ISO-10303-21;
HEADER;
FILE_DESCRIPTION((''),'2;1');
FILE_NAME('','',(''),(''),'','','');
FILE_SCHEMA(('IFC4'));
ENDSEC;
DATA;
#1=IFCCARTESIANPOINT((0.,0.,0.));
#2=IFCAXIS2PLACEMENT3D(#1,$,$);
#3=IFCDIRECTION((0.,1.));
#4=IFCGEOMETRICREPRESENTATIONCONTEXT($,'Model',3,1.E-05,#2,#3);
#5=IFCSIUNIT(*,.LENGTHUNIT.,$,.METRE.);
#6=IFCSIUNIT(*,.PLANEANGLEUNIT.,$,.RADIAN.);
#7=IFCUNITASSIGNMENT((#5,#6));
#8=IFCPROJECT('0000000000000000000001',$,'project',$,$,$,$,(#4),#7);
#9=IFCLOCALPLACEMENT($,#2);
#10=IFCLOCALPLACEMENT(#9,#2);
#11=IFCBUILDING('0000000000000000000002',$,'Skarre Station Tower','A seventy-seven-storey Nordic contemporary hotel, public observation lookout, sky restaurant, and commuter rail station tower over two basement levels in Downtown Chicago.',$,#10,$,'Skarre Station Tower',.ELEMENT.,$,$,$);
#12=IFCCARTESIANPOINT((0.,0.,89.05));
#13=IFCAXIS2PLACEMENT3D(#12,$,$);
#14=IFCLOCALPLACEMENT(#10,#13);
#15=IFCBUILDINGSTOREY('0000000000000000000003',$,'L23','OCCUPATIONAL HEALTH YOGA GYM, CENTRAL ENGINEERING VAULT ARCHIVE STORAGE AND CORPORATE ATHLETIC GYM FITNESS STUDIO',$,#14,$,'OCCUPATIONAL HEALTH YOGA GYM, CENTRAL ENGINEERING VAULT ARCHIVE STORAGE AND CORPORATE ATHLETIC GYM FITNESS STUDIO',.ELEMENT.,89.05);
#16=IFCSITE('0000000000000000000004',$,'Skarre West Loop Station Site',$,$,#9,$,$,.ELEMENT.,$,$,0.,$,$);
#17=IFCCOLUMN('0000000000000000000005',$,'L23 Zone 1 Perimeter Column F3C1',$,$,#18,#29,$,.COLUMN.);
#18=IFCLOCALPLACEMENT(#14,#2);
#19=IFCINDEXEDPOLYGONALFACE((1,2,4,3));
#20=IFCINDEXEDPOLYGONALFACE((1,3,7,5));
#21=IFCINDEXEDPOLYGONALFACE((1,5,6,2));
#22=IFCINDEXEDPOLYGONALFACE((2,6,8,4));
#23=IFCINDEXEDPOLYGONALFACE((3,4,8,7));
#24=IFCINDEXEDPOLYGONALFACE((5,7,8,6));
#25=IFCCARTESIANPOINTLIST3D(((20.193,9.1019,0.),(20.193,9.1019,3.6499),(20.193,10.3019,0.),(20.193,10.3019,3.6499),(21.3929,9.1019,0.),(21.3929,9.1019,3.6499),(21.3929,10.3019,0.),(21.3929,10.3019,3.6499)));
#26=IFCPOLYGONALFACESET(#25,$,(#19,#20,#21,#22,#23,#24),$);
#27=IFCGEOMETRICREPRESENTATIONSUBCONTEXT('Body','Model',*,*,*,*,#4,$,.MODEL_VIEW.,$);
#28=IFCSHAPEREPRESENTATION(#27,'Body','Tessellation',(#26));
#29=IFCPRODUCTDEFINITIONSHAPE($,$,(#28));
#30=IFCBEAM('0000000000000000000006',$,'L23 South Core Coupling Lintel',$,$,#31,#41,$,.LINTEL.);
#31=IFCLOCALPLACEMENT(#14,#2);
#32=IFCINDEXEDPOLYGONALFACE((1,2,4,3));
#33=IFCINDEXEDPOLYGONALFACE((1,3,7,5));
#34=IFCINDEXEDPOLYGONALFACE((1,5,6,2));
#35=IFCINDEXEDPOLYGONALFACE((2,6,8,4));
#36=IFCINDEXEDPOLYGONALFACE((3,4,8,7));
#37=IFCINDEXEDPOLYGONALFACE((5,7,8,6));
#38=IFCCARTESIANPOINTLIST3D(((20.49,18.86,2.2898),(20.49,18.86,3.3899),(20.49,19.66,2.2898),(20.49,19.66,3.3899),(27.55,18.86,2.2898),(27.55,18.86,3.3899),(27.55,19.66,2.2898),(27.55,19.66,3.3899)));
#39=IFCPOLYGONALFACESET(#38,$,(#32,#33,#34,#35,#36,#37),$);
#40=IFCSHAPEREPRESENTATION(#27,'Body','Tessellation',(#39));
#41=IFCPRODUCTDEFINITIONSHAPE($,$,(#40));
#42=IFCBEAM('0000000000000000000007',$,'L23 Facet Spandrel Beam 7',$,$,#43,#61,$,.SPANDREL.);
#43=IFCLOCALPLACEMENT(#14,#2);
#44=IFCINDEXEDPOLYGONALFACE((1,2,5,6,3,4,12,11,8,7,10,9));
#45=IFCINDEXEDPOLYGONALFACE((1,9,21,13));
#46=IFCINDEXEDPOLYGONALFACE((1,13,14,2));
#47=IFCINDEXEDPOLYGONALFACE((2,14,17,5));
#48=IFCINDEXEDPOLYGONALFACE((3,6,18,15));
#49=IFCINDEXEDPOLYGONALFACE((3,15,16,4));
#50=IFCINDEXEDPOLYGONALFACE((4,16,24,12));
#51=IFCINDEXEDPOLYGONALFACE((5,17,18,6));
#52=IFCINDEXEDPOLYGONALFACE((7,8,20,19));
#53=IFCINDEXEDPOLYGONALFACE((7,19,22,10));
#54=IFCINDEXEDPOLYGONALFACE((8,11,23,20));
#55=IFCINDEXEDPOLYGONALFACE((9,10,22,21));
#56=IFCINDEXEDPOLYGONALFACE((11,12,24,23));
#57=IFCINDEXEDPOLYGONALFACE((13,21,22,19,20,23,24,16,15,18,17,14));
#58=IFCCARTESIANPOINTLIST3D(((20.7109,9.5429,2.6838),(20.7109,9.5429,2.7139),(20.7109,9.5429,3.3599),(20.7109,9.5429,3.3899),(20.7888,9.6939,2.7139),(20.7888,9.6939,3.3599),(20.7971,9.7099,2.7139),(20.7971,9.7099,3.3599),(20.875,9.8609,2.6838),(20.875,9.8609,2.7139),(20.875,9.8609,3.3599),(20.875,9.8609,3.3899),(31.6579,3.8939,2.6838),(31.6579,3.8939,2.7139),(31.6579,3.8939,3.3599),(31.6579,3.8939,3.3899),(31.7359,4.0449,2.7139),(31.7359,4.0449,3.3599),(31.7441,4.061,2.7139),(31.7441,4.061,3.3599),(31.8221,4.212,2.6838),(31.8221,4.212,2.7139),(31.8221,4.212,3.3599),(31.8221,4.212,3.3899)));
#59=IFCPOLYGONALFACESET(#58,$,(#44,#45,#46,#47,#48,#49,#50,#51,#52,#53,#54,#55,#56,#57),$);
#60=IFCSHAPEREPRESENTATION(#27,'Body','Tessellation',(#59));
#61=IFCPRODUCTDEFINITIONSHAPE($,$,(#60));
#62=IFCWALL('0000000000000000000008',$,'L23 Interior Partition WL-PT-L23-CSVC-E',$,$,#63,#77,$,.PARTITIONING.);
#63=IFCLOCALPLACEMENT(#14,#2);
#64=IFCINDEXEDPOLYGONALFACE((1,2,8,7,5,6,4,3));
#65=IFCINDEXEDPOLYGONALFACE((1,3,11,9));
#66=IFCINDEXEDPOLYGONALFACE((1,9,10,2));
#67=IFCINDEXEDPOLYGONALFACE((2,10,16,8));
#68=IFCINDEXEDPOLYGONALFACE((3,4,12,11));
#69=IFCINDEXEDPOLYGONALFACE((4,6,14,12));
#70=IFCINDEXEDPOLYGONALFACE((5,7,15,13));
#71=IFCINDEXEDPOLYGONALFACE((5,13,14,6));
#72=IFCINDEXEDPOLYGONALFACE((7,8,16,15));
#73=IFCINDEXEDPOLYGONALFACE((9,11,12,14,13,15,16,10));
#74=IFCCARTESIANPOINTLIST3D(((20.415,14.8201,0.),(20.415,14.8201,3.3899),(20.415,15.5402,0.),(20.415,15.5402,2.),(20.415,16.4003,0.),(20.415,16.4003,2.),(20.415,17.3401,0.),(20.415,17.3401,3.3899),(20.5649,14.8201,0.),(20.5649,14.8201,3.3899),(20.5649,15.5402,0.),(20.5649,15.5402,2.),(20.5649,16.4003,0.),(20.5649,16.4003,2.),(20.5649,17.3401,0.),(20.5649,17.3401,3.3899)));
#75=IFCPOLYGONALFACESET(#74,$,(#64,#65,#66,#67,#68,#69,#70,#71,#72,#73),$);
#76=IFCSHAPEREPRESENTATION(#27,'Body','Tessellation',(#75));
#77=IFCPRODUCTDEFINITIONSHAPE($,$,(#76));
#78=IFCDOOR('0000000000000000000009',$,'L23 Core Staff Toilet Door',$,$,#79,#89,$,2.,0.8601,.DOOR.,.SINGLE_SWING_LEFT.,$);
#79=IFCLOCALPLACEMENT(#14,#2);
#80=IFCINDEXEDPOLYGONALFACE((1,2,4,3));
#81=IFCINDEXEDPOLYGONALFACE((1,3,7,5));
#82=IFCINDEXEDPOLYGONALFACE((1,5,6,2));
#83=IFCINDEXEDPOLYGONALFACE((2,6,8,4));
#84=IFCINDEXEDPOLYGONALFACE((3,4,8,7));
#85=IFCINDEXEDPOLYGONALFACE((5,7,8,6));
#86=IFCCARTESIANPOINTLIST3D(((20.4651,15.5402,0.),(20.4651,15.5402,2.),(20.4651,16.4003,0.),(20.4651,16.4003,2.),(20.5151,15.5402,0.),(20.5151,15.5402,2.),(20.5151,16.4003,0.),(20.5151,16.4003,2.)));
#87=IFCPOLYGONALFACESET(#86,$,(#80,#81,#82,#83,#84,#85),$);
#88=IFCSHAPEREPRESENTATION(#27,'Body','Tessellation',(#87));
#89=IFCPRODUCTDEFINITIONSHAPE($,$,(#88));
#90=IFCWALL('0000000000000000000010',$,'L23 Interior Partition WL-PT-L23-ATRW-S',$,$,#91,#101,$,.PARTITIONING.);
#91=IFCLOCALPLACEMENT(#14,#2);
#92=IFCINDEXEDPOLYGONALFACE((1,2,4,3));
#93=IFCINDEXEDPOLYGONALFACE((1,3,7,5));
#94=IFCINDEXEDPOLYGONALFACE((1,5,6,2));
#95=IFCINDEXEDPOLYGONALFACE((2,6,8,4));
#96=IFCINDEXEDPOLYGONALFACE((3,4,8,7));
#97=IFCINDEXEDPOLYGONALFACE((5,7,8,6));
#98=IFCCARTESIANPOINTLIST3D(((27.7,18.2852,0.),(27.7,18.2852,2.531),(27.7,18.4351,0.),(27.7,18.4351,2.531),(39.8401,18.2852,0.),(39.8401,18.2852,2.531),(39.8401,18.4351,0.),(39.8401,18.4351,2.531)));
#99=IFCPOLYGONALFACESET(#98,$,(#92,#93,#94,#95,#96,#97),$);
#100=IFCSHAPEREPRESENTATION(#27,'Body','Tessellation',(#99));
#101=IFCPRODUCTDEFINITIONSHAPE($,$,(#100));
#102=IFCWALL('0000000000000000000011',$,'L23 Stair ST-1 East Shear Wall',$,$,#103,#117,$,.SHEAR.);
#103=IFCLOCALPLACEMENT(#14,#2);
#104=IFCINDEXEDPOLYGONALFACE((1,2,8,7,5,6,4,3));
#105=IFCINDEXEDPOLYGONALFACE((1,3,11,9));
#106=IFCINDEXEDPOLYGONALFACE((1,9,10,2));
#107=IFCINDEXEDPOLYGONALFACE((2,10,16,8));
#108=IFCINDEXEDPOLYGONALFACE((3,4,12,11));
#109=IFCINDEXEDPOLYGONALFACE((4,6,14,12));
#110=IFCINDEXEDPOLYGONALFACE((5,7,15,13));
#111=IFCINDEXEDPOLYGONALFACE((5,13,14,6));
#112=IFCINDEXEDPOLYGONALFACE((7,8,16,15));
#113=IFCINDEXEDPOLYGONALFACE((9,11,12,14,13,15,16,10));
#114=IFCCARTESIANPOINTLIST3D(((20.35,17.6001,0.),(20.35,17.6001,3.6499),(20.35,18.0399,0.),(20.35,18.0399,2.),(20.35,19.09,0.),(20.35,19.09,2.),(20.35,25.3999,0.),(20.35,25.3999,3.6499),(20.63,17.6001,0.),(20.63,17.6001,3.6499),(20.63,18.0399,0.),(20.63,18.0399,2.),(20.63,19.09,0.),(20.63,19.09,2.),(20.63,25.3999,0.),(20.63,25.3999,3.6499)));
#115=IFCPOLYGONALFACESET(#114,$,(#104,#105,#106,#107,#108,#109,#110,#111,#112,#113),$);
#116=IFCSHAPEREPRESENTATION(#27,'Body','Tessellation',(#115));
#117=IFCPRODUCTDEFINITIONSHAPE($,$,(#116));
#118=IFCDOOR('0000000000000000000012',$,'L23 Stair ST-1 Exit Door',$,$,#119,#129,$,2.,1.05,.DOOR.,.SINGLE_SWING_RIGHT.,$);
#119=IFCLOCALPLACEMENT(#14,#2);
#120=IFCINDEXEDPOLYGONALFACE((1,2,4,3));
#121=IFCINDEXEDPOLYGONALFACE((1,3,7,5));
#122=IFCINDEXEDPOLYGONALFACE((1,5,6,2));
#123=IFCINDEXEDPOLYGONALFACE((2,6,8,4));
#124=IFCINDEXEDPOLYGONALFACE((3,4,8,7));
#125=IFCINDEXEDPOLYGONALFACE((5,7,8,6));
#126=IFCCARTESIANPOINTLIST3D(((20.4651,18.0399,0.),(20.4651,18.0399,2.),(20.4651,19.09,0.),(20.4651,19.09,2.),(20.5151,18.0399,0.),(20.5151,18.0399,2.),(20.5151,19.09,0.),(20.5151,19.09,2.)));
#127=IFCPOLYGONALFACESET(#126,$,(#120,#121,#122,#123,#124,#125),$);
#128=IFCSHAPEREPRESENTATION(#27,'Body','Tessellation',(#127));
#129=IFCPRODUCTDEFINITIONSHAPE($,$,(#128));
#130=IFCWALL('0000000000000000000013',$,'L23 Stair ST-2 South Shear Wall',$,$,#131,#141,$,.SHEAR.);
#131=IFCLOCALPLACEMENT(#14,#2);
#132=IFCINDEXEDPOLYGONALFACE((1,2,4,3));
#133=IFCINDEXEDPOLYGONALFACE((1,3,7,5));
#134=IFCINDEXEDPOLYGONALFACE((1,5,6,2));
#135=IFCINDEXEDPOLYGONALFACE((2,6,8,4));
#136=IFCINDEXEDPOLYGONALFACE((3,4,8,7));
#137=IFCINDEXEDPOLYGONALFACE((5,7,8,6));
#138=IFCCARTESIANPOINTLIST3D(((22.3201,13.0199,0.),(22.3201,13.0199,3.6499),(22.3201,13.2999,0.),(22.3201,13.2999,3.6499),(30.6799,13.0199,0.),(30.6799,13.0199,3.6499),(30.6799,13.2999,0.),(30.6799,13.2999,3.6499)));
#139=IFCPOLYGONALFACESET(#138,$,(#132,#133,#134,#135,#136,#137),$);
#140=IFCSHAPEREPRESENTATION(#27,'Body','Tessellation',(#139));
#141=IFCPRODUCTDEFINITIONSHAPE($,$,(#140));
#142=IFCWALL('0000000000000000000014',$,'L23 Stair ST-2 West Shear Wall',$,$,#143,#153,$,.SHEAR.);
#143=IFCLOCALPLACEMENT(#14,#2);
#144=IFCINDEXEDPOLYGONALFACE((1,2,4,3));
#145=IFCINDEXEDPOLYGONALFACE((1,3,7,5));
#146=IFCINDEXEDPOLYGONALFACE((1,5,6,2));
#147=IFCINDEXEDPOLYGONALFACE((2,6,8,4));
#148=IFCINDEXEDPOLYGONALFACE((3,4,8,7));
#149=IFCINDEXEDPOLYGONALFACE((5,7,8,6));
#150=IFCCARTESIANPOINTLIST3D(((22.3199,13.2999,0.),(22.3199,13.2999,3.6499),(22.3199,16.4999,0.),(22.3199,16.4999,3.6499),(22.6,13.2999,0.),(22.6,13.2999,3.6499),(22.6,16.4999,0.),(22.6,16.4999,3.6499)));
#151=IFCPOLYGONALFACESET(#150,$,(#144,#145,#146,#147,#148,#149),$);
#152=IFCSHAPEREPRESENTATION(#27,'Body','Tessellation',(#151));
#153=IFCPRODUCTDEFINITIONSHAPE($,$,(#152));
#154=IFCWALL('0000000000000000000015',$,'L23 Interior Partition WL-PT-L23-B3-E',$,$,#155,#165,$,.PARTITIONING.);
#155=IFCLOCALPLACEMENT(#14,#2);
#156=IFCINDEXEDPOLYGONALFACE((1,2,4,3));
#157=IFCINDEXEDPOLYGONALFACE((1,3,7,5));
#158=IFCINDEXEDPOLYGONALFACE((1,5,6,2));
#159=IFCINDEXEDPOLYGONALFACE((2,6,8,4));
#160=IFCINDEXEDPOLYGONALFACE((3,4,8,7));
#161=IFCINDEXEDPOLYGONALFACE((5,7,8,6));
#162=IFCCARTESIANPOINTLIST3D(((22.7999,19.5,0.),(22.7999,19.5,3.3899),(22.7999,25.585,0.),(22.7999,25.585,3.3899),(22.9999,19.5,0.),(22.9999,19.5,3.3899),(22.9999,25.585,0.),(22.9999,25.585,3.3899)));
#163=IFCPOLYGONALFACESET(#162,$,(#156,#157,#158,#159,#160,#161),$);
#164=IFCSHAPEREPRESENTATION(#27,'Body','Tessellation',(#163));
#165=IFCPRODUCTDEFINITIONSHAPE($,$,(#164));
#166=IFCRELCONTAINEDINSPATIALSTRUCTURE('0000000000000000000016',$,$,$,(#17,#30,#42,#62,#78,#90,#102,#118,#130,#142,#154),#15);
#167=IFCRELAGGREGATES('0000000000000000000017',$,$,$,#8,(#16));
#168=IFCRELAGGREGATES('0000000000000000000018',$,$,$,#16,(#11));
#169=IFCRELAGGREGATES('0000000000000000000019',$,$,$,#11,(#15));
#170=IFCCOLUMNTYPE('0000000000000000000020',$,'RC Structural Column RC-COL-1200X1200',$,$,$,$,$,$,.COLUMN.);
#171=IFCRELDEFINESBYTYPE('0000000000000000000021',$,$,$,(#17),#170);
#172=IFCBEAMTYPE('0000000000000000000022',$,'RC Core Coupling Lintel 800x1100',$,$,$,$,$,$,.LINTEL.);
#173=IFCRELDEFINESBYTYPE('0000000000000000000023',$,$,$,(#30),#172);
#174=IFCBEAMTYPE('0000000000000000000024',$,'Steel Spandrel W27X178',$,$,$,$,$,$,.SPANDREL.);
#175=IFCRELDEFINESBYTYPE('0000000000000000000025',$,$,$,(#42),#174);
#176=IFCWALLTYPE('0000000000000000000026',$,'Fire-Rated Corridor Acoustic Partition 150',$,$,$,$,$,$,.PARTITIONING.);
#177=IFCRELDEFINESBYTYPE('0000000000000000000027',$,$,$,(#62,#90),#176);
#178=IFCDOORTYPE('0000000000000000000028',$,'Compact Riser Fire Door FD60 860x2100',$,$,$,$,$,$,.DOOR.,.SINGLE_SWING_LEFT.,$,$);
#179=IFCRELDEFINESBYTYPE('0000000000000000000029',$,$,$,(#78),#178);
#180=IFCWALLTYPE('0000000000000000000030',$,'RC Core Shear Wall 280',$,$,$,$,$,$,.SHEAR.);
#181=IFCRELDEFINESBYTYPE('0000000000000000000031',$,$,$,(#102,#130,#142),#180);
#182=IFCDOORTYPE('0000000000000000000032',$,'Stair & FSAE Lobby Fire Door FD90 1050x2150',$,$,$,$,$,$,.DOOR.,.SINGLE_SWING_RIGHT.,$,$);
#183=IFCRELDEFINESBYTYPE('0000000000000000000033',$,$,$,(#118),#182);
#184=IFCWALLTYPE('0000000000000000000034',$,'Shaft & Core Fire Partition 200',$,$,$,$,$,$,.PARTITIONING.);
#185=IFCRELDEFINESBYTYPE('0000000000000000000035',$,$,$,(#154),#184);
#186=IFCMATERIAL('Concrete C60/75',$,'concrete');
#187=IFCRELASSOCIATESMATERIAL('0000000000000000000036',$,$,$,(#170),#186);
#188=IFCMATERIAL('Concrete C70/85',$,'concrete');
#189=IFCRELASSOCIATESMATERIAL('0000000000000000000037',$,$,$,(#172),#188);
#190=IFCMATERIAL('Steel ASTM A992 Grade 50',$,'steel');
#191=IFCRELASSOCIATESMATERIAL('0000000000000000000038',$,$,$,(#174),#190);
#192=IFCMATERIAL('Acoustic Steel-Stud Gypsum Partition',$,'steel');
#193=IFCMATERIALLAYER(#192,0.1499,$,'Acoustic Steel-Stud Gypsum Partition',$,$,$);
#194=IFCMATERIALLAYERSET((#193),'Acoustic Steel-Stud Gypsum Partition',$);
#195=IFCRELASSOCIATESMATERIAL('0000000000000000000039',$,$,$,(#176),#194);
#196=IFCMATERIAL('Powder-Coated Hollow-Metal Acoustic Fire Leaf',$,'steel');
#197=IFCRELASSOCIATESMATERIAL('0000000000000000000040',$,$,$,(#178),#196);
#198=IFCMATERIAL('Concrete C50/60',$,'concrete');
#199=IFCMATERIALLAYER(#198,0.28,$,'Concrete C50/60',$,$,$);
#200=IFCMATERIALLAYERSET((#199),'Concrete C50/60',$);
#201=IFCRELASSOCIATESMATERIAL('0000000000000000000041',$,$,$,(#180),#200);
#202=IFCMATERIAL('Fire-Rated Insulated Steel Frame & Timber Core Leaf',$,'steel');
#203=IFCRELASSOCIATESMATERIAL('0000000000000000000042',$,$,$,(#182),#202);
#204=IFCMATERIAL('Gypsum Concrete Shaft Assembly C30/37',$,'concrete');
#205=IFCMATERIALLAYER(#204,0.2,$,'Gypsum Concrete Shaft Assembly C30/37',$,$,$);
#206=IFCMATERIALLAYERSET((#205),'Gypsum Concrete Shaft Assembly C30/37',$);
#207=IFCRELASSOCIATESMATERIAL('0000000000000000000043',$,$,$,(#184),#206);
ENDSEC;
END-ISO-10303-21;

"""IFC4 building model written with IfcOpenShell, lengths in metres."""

from ifc_helpers import new_model, si_unit, direction, frame, frame_2d, origin, origin_2d, place, context, subcontext, project, spatial, rectangle, i_section, extrude, material, layer, layer_set, material_profile, profile_set, type_object, element, fill, save


model = new_model("IFC4")

# Units and contexts
model_context = context("Model", 3, precision=1e-05, world=origin(), true_north=direction((0.0, 1.0)))
body_context = subcontext(model_context, "Body", "Model", "MODEL_VIEW")
ifc_project = project(units=[si_unit("LENGTHUNIT", "METRE"), si_unit("PLANEANGLEUNIT", "RADIAN")], contexts=[model_context])

# Site, building, storey
site_placement = place(None, origin())
site = spatial("IfcSite", under=ifc_project, at=site_placement, Name="Skarre West Loop Station Site", CompositionType="ELEMENT", RefElevation=0.0)
building_placement = place(site_placement, origin())
building = spatial("IfcBuilding", under=site, at=building_placement, Name="Skarre Station Tower", Description="A seventy-seven-storey Nordic contemporary hotel, public observation lookout, sky restaurant, and commuter rail station tower over two basement levels in Downtown Chicago.", LongName="Skarre Station Tower", CompositionType="ELEMENT")
storey_placement = place(building_placement, frame((0.0, 0.0, 89.05)))
storey = spatial("IfcBuildingStorey", under=building, at=storey_placement, Name="L23", Description="OCCUPATIONAL HEALTH YOGA GYM, CENTRAL ENGINEERING VAULT ARCHIVE STORAGE AND CORPORATE ATHLETIC GYM FITNESS STUDIO", LongName="OCCUPATIONAL HEALTH YOGA GYM, CENTRAL ENGINEERING VAULT ARCHIVE STORAGE AND CORPORATE ATHLETIC GYM FITNESS STUDIO", CompositionType="ELEMENT", Elevation=89.05)

# Column
ifc_material_1 = material(Name="Concrete C60/75", Category="concrete")
ifc_material_profile_1 = material_profile(ifc_material_1, rectangle(XDim=1.2, YDim=1.2, at=origin_2d()), Name="Concrete C60/75")
ifc_profile_set_1 = profile_set([ifc_material_profile_1], Name="Concrete C60/75")
column_type = type_object("IfcColumnType", Name="RC Structural Column RC-COL-1200X1200", PredefinedType="COLUMN", material=ifc_profile_set_1)
column_placement = place(storey_placement, frame((20.793, 9.7019, 0.0), z_axis=(0.0, 0.0, 1.0), x_axis=(1.0, 0.0, 0.0)))
element("IfcColumn", 1, at=column_placement, inside=storey, type_object=column_type, Name="L23 Zone 1 Perimeter Column F3C1", PredefinedType="COLUMN", context=body_context, shape_type="SweptSolid", body=[
    extrude(rectangle(XDim=1.2, YDim=1.2, at=origin_2d()), origin(), (0.0, 0.0, 1.0), 3.6499),
])

# Beams
ifc_material_2 = material(Name="Concrete C70/85", Category="concrete")
ifc_material_profile_2 = material_profile(ifc_material_2, rectangle(XDim=0.8, YDim=1.1001, at=origin_2d()), Name="Concrete C70/85")
ifc_profile_set_2 = profile_set([ifc_material_profile_2], Name="Concrete C70/85")
beam_type_1 = type_object("IfcBeamType", Name="RC Core Coupling Lintel 800x1100", PredefinedType="LINTEL", material=ifc_profile_set_2)
beam_1_placement = place(storey_placement, frame((20.49, 19.26, 2.8398), z_axis=(1.0, 0.0, 0.0), x_axis=(0.0, 1.0, 0.0)))
element("IfcBeam", 2, at=beam_1_placement, inside=storey, type_object=beam_type_1, Name="L23 South Core Coupling Lintel", PredefinedType="LINTEL", context=body_context, shape_type="SweptSolid", body=[
    extrude(rectangle(XDim=0.8, YDim=1.1001, at=origin_2d()), origin(), (0.0, 0.0, 1.0), 7.0601),
])
ifc_material_3 = material(Name="Steel ASTM A992 Grade 50", Category="steel")
ifc_material_profile_3 = material_profile(ifc_material_3, i_section(OverallWidth=0.3579, OverallDepth=0.7061, WebThickness=0.0181, FlangeThickness=0.03, at=origin_2d()), Name="Steel ASTM A992 Grade 50")
ifc_profile_set_3 = profile_set([ifc_material_profile_3], Name="Steel ASTM A992 Grade 50")
beam_type_2 = type_object("IfcBeamType", Name="Steel Spandrel W27X178", PredefinedType="SPANDREL", material=ifc_profile_set_3)
beam_2_placement = place(storey_placement, frame((20.793, 9.7019, 3.0369), z_axis=(0.888659, -0.458569, 0.0), x_axis=(0.458569, 0.888659, 0.0)))
element("IfcBeam", 3, at=beam_2_placement, inside=storey, type_object=beam_type_2, Name="L23 Facet Spandrel Beam 7", PredefinedType="SPANDREL", context=body_context, shape_type="SweptSolid", body=[
    extrude(i_section(OverallWidth=0.3579, OverallDepth=0.7061, WebThickness=0.0181, FlangeThickness=0.03, at=origin_2d()), origin(), (0.0, 0.0, 1.0), 12.3186),
])

# Wall, opening, door
ifc_material_4 = material(Name="Acoustic Steel-Stud Gypsum Partition", Category="steel")
ifc_layer_1 = layer(ifc_material_4, 0.1499, Name="Acoustic Steel-Stud Gypsum Partition")
ifc_layer_set_1 = layer_set([ifc_layer_1], Name="Acoustic Steel-Stud Gypsum Partition")
wall_type_1 = type_object("IfcWallType", Name="Fire-Rated Corridor Acoustic Partition 150", PredefinedType="PARTITIONING", material=ifc_layer_set_1)
wall_1_placement = place(storey_placement, frame((20.49, 14.8201, 0.0), z_axis=(0.0, 0.0, 1.0), x_axis=(0.0, 1.0, 0.0)))
wall_1 = element("IfcWall", 4, at=wall_1_placement, inside=storey, type_object=wall_type_1, Name="L23 Interior Partition WL-PT-L23-CSVC-E", PredefinedType="PARTITIONING", context=body_context, shape_type="SweptSolid", body=[
    extrude(rectangle(XDim=2.52, YDim=0.1499, at=frame_2d((1.26, 0.0))), origin(), (0.0, 0.0, 1.0), 3.3899),
])
opening_1_placement = place(wall_1_placement, frame((0.72, 0.0, 0.0)))
opening_1 = element("IfcOpeningElement", 5, at=opening_1_placement, cuts=wall_1, PredefinedType="OPENING", context=body_context, shape_type="SweptSolid", body=[
    extrude(rectangle(XDim=0.8601, YDim=2.0, at=frame_2d((0.4302, 1.0))), frame((0.0, 0.085, 0.0), z_axis=(0.0, -1.0, 0.0), x_axis=(1.0, 0.0, 0.0)), (0.0, 0.0, 1.0), 0.1699),
])
ifc_material_5 = material(Name="Powder-Coated Hollow-Metal Acoustic Fire Leaf", Category="steel")
door_type_1 = type_object("IfcDoorType", Name="Compact Riser Fire Door FD60 860x2100", OperationType="SINGLE_SWING_LEFT", PredefinedType="DOOR", material=ifc_material_5)
door_1_placement = place(opening_1_placement, origin())
door_1 = element("IfcDoor", 6, at=door_1_placement, inside=storey, type_object=door_type_1, Name="L23 Core Staff Toilet Door", OperationType="SINGLE_SWING_LEFT", OverallHeight=2.0, OverallWidth=0.8601, PredefinedType="DOOR", context=body_context, shape_type="SweptSolid", body=[
    extrude(rectangle(XDim=0.8601, YDim=2.0, at=frame_2d((0.4302, 1.0))), frame((0.0, 0.0249, 0.0), z_axis=(0.0, -1.0, 0.0), x_axis=(1.0, 0.0, 0.0)), (0.0, 0.0, 1.0), 0.05),
])
fill(opening_1, door_1)

# Wall
wall_2_placement = place(storey_placement, frame((27.7, 18.3601, 0.0), z_axis=(0.0, 0.0, 1.0), x_axis=(1.0, 0.0, 0.0)))
element("IfcWall", 7, at=wall_2_placement, inside=storey, type_object=wall_type_1, Name="L23 Interior Partition WL-PT-L23-ATRW-S", PredefinedType="PARTITIONING", context=body_context, shape_type="SweptSolid", body=[
    extrude(rectangle(XDim=12.1401, YDim=0.1499, at=frame_2d((6.0701, 0.0))), origin(), (0.0, 0.0, 1.0), 2.531),
])

# Wall, opening, door
ifc_material_6 = material(Name="Concrete C50/60", Category="concrete")
ifc_layer_2 = layer(ifc_material_6, 0.28, Name="Concrete C50/60")
ifc_layer_set_2 = layer_set([ifc_layer_2], Name="Concrete C50/60")
wall_type_2 = type_object("IfcWallType", Name="RC Core Shear Wall 280", PredefinedType="SHEAR", material=ifc_layer_set_2)
wall_3_placement = place(storey_placement, frame((20.49, 17.6001, 0.0), z_axis=(0.0, 0.0, 1.0), x_axis=(0.0, 1.0, 0.0)))
wall_3 = element("IfcWall", 8, at=wall_3_placement, inside=storey, type_object=wall_type_2, Name="L23 Stair ST-1 East Shear Wall", PredefinedType="SHEAR", context=body_context, shape_type="SweptSolid", body=[
    extrude(rectangle(XDim=7.7998, YDim=0.28, at=frame_2d((3.8999, 0.0))), origin(), (0.0, 0.0, 1.0), 3.6499),
])
opening_2_placement = place(wall_3_placement, frame((0.4399, 0.0, 0.0)))
opening_2 = element("IfcOpeningElement", 9, at=opening_2_placement, cuts=wall_3, PredefinedType="OPENING", context=body_context, shape_type="SweptSolid", body=[
    extrude(rectangle(XDim=1.05, YDim=2.0, at=frame_2d((0.5249, 1.0))), frame((0.0, 0.1499, 0.0), z_axis=(0.0, -1.0, 0.0), x_axis=(1.0, 0.0, 0.0)), (0.0, 0.0, 1.0), 0.3),
])
ifc_material_7 = material(Name="Fire-Rated Insulated Steel Frame & Timber Core Leaf", Category="steel")
door_type_2 = type_object("IfcDoorType", Name="Stair & FSAE Lobby Fire Door FD90 1050x2150", OperationType="SINGLE_SWING_RIGHT", PredefinedType="DOOR", material=ifc_material_7)
door_2_placement = place(opening_2_placement, origin())
door_2 = element("IfcDoor", 10, at=door_2_placement, inside=storey, type_object=door_type_2, Name="L23 Stair ST-1 Exit Door", OperationType="SINGLE_SWING_RIGHT", OverallHeight=2.0, OverallWidth=1.05, PredefinedType="DOOR", context=body_context, shape_type="SweptSolid", body=[
    extrude(rectangle(XDim=1.05, YDim=2.0, at=frame_2d((0.5249, 1.0))), frame((0.0, 0.0249, 0.0), z_axis=(0.0, -1.0, 0.0), x_axis=(1.0, 0.0, 0.0)), (0.0, 0.0, 1.0), 0.05),
])
fill(opening_2, door_2)

# Walls
wall_4_placement = place(storey_placement, frame((22.3201, 13.1599, 0.0), z_axis=(0.0, 0.0, 1.0), x_axis=(1.0, 0.0, 0.0)))
element("IfcWall", 11, at=wall_4_placement, inside=storey, type_object=wall_type_2, Name="L23 Stair ST-2 South Shear Wall", PredefinedType="SHEAR", context=body_context, shape_type="SweptSolid", body=[
    extrude(rectangle(XDim=8.3599, YDim=0.28, at=frame_2d((4.1799, 0.0))), origin(), (0.0, 0.0, 1.0), 3.6499),
])
wall_5_placement = place(storey_placement, frame((22.46, 16.5, 0.0), z_axis=(0.0, 0.0, 1.0), x_axis=(0.0, -1.0, 0.0)))
element("IfcWall", 12, at=wall_5_placement, inside=storey, type_object=wall_type_2, Name="L23 Stair ST-2 West Shear Wall", PredefinedType="SHEAR", context=body_context, shape_type="SweptSolid", body=[
    extrude(rectangle(XDim=3.2, YDim=0.28, at=frame_2d((1.6001, 0.0))), origin(), (0.0, 0.0, 1.0), 3.6499),
])
ifc_material_8 = material(Name="Gypsum Concrete Shaft Assembly C30/37", Category="concrete")
ifc_layer_3 = layer(ifc_material_8, 0.2, Name="Gypsum Concrete Shaft Assembly C30/37")
ifc_layer_set_3 = layer_set([ifc_layer_3], Name="Gypsum Concrete Shaft Assembly C30/37")
wall_type_3 = type_object("IfcWallType", Name="Shaft & Core Fire Partition 200", PredefinedType="PARTITIONING", material=ifc_layer_set_3)
wall_6_placement = place(storey_placement, frame((22.8999, 19.5, 0.0), z_axis=(0.0, 0.0, 1.0), x_axis=(0.0, 1.0, 0.0)))
element("IfcWall", 13, at=wall_6_placement, inside=storey, type_object=wall_type_3, Name="L23 Interior Partition WL-PT-L23-B3-E", PredefinedType="PARTITIONING", context=body_context, shape_type="SweptSolid", body=[
    extrude(rectangle(XDim=6.085, YDim=0.2, at=frame_2d((3.0425, 0.0))), origin(), (0.0, 0.0, 1.0), 3.3899),
])

save(model, "model.ifc")
